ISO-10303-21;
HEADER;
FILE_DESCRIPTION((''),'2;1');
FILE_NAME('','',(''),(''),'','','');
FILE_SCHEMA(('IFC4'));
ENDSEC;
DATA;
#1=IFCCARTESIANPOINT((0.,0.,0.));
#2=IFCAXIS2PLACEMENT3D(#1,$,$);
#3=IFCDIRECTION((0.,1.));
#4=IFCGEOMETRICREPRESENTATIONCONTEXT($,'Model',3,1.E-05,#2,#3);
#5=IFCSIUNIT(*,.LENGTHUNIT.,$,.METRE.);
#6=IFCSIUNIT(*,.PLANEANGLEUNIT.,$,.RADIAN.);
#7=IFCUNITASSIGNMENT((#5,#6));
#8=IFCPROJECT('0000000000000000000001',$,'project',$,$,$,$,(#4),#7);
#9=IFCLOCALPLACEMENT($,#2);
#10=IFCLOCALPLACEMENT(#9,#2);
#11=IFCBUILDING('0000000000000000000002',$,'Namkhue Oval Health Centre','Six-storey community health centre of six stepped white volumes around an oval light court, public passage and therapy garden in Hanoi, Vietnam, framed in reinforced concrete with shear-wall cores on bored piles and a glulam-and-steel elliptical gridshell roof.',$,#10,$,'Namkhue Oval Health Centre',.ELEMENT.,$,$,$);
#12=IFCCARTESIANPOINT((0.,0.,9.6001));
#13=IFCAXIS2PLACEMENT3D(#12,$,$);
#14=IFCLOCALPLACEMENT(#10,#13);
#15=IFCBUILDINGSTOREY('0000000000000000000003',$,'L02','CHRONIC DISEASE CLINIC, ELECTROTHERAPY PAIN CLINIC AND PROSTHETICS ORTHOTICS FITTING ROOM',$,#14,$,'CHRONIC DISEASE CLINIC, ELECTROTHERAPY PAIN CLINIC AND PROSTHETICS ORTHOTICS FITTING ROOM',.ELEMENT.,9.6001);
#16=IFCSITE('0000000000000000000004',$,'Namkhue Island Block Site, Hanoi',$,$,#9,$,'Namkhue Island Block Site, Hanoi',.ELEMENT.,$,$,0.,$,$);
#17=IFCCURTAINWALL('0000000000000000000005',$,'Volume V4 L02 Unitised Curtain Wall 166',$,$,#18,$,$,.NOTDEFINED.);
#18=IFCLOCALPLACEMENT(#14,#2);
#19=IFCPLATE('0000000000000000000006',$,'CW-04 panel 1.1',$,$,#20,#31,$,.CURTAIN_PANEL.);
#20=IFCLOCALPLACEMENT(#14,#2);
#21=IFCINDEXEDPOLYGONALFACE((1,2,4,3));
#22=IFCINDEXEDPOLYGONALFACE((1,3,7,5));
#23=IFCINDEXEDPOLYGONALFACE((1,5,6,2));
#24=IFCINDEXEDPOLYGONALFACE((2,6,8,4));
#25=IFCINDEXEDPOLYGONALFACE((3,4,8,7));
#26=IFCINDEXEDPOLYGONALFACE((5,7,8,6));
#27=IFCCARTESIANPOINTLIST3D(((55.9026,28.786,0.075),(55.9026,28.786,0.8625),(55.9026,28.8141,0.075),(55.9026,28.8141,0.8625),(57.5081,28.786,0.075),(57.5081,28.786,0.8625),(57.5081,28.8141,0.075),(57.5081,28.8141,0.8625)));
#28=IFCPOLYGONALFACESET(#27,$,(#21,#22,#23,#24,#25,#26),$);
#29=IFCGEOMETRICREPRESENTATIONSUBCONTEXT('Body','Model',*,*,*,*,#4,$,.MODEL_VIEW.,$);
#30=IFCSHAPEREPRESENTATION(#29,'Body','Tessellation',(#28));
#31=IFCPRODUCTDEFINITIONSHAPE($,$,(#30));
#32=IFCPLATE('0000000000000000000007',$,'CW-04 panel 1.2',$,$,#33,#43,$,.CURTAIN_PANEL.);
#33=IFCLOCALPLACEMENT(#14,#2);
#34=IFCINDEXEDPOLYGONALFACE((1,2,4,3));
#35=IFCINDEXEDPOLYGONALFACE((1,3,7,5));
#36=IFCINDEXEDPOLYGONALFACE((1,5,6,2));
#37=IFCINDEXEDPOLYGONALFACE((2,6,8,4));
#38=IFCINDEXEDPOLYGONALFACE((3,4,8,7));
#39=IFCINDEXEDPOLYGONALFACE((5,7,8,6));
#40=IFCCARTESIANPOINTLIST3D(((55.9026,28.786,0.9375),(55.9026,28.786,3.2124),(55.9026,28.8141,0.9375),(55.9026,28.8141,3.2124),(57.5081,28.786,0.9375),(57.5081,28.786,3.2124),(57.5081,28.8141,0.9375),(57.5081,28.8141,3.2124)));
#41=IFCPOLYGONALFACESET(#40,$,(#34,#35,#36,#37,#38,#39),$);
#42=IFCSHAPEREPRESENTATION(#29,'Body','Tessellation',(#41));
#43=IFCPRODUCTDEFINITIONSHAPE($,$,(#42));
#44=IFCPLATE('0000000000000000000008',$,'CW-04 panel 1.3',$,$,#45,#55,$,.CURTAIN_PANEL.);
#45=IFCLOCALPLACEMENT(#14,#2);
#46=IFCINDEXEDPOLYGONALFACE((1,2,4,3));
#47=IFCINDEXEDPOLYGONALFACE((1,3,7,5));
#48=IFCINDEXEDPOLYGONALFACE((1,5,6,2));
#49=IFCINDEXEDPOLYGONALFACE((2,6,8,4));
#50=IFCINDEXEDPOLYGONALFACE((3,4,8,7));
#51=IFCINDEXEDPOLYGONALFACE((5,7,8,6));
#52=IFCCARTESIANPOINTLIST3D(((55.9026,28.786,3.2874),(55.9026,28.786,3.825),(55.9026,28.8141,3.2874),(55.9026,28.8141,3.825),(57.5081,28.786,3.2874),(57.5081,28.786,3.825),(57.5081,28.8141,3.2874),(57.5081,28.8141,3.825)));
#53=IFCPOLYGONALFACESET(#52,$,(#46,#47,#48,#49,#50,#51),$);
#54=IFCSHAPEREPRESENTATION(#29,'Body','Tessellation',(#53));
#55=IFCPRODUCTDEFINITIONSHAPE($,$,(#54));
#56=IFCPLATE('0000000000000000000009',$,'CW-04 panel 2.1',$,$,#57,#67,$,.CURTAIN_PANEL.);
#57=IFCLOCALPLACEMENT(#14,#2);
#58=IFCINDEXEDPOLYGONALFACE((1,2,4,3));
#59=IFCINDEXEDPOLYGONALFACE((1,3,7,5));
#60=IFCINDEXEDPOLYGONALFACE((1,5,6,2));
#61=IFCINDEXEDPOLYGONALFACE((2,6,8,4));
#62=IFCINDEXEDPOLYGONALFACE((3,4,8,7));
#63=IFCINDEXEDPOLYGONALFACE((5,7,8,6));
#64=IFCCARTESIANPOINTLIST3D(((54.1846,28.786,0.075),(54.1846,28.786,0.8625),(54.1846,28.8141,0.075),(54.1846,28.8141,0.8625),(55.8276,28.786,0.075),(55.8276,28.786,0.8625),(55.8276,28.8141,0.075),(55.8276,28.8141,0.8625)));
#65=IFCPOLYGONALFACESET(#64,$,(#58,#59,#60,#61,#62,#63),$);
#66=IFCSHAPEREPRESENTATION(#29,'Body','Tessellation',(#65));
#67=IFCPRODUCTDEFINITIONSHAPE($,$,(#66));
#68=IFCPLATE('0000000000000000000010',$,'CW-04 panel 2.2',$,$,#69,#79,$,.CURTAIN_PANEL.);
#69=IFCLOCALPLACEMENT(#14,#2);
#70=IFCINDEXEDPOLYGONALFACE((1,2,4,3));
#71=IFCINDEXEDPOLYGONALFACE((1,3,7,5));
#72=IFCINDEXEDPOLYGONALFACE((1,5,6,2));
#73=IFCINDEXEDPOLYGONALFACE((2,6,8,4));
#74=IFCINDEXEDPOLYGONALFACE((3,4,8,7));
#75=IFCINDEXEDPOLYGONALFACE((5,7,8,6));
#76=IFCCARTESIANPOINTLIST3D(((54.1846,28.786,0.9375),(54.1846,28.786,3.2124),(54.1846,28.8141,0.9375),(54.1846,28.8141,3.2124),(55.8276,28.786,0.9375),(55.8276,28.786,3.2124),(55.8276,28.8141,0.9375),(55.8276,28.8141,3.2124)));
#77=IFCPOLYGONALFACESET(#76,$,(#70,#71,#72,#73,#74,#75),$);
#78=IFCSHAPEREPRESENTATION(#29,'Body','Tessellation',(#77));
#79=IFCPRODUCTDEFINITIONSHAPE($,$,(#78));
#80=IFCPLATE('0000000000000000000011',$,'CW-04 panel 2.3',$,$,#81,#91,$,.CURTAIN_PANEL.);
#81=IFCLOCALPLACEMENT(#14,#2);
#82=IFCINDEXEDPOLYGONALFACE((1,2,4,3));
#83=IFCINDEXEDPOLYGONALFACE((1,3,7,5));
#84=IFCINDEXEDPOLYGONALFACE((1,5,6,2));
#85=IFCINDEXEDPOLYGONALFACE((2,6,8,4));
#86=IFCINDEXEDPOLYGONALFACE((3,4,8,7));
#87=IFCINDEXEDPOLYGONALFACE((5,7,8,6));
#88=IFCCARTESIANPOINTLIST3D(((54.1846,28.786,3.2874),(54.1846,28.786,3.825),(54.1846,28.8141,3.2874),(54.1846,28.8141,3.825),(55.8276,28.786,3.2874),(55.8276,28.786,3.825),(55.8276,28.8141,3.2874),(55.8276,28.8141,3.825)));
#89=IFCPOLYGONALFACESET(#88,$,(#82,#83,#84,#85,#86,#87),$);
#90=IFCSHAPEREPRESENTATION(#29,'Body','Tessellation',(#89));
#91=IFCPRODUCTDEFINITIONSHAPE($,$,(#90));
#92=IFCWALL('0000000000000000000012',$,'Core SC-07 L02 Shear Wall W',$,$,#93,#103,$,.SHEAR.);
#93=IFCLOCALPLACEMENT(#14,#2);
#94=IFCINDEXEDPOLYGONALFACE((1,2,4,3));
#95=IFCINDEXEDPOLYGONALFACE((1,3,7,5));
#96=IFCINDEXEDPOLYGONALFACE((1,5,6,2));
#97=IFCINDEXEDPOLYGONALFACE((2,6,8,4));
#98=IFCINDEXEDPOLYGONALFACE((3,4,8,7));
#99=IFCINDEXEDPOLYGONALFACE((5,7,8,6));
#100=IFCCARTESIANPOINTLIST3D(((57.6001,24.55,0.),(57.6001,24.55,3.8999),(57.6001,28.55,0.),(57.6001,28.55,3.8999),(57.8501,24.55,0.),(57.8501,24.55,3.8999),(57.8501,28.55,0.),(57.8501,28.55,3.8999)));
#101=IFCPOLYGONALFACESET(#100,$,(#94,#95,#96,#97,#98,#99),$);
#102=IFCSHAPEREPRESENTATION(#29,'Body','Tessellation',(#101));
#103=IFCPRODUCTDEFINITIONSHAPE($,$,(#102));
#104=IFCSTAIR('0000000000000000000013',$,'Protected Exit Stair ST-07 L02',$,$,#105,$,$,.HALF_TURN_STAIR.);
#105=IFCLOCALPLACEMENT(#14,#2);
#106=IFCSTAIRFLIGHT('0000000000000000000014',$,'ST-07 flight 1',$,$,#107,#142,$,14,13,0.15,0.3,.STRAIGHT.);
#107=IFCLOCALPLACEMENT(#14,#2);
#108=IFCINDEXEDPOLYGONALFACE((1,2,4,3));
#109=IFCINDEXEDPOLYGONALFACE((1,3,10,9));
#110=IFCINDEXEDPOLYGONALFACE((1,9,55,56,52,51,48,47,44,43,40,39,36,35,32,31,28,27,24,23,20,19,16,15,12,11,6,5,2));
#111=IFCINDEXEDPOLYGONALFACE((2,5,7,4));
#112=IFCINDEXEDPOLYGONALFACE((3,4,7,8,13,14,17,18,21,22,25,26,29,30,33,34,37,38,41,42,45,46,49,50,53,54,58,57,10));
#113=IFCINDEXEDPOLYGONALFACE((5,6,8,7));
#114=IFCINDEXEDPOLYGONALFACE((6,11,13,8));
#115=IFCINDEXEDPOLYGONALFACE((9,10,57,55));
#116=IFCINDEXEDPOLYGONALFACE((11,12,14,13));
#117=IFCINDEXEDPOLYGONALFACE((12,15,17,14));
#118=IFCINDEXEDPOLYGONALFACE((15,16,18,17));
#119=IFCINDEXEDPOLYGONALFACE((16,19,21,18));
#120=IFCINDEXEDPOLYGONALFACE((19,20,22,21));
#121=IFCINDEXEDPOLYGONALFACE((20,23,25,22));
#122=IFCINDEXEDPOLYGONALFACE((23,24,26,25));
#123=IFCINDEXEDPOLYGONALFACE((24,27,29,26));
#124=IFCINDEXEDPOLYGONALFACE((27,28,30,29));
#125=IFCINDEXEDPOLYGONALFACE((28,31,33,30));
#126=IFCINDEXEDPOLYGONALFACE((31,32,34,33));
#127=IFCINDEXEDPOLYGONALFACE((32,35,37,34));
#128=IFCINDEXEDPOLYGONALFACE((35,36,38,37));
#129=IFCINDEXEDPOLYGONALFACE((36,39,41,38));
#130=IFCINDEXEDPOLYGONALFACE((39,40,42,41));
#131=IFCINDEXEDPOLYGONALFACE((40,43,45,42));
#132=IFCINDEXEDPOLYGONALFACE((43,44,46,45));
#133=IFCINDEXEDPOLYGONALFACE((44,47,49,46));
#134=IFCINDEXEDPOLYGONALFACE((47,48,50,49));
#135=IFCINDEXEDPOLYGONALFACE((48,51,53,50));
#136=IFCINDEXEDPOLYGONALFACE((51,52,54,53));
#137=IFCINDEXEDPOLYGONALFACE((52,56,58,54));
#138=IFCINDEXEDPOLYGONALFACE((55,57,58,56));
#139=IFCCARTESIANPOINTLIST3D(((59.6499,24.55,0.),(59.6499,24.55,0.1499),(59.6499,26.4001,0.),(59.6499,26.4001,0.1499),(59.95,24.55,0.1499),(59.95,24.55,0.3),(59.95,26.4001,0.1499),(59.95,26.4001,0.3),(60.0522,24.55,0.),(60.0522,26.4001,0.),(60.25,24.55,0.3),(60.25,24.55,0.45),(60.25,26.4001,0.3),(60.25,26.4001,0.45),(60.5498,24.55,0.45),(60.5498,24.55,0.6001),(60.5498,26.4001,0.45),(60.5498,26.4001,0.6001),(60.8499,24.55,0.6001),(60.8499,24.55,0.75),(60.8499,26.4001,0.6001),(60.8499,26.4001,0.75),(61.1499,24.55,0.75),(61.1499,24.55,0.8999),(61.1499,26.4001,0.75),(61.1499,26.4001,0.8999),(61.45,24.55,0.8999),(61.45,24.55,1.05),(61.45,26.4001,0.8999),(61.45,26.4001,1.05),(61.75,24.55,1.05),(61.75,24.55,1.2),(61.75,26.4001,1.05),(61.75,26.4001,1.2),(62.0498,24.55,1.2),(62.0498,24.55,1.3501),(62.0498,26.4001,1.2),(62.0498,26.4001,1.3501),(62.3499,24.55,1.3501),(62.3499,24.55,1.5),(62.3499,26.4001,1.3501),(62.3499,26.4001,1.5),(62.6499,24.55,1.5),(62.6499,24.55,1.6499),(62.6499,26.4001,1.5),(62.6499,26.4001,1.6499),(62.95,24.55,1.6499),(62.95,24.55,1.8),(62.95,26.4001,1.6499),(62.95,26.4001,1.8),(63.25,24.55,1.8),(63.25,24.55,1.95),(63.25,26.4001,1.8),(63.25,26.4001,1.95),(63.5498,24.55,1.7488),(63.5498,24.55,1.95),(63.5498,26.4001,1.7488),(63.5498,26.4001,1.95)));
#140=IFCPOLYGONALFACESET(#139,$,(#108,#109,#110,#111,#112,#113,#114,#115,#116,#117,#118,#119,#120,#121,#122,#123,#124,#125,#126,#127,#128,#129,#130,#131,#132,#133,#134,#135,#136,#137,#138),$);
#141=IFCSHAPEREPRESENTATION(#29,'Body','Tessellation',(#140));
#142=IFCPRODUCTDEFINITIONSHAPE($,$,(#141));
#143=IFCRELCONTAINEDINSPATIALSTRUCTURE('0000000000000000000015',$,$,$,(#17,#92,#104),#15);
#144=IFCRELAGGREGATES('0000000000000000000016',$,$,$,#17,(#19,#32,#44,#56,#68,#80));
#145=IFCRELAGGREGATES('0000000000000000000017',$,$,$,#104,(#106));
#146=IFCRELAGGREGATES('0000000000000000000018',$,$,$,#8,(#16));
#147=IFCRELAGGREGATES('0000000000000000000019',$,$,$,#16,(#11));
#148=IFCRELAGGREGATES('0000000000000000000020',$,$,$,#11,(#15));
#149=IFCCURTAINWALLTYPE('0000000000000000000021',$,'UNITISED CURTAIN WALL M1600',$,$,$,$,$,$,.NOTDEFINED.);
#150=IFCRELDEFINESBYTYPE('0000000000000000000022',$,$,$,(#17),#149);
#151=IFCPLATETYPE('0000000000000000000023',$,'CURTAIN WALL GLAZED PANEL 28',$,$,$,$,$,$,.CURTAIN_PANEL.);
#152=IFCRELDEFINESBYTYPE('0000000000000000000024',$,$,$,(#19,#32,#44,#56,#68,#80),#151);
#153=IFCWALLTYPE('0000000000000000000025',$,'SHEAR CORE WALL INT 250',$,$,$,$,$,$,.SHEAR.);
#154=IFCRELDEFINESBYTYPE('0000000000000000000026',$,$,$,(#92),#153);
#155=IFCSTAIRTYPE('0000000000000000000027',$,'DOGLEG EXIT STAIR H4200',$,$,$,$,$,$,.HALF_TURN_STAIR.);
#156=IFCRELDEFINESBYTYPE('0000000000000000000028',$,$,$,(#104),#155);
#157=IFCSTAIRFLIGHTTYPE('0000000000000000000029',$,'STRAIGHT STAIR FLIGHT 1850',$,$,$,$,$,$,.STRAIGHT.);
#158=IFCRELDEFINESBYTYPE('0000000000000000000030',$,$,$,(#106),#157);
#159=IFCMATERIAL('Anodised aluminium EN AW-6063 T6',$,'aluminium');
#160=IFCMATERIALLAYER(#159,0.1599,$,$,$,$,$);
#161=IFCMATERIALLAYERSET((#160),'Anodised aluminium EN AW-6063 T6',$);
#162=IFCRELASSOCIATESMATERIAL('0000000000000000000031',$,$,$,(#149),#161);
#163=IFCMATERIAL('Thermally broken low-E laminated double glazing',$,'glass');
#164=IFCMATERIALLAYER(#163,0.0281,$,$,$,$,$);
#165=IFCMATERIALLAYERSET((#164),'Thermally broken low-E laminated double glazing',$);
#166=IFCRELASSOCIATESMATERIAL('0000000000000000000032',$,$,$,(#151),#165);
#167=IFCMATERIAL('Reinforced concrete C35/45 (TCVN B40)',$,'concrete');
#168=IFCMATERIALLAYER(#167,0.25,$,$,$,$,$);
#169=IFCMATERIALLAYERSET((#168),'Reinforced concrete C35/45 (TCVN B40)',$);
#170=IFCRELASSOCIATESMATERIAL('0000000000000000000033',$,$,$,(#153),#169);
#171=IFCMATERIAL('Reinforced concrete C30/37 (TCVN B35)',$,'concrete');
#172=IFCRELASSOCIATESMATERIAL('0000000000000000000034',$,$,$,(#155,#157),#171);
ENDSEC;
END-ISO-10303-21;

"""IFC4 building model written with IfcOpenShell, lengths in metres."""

from ifc_helpers import new_model, si_unit, direction, frame, frame_2d, origin, origin_2d, place, context, subcontext, project, spatial, polyline, rectangle, outline, extrude, material, layer, layer_set, type_object, element, aggregate, save


model = new_model("IFC4")

# Units and contexts
model_context = context("Model", 3, precision=1e-05, world=origin(), true_north=direction((0.0, 1.0)))
body_context = subcontext(model_context, "Body", "Model", "MODEL_VIEW")
ifc_project = project(units=[si_unit("LENGTHUNIT", "METRE"), si_unit("PLANEANGLEUNIT", "RADIAN")], contexts=[model_context])

# Site, building, storey
site_placement = place(None, origin())
site = spatial("IfcSite", under=ifc_project, at=site_placement, Name="Namkhue Island Block Site, Hanoi", LongName="Namkhue Island Block Site, Hanoi", CompositionType="ELEMENT", RefElevation=0.0)
building_placement = place(site_placement, origin())
building = spatial("IfcBuilding", under=site, at=building_placement, Name="Namkhue Oval Health Centre", Description="Six-storey community health centre of six stepped white volumes around an oval light court, public passage and therapy garden in Hanoi, Vietnam, framed in reinforced concrete with shear-wall cores on bored piles and a glulam-and-steel elliptical gridshell roof.", LongName="Namkhue Oval Health Centre", CompositionType="ELEMENT")
storey_placement = place(building_placement, frame((0.0, 0.0, 9.6001)))
storey = spatial("IfcBuildingStorey", under=building, at=storey_placement, Name="L02", Description="CHRONIC DISEASE CLINIC, ELECTROTHERAPY PAIN CLINIC AND PROSTHETICS ORTHOTICS FITTING ROOM", LongName="CHRONIC DISEASE CLINIC, ELECTROTHERAPY PAIN CLINIC AND PROSTHETICS ORTHOTICS FITTING ROOM", CompositionType="ELEMENT", Elevation=9.6001)

# Shared definitions
ifc_material_1 = material(Name="Reinforced concrete C35/45 (TCVN B40)", Category="concrete")

# Curtain wall
ifc_material_2 = material(Name="Anodised aluminium EN AW-6063 T6", Category="aluminium")
ifc_layer_1 = layer(ifc_material_2, 0.1599)
ifc_layer_set_1 = layer_set([ifc_layer_1], Name="Anodised aluminium EN AW-6063 T6")
curtain_wall_type = type_object("IfcCurtainWallType", Name="UNITISED CURTAIN WALL M1600", PredefinedType="NOTDEFINED", material=ifc_layer_set_1)
curtain_wall_placement = place(storey_placement, origin())
curtain_wall = element("IfcCurtainWall", 1, at=curtain_wall_placement, inside=storey, type_object=curtain_wall_type, Name="Volume V4 L02 Unitised Curtain Wall 166", PredefinedType="NOTDEFINED")

# Plates
ifc_material_3 = material(Name="Thermally broken low-E laminated double glazing", Category="glass")
ifc_layer_2 = layer(ifc_material_3, 0.0281)
ifc_layer_set_2 = layer_set([ifc_layer_2], Name="Thermally broken low-E laminated double glazing")
plate_type = type_object("IfcPlateType", Name="CURTAIN WALL GLAZED PANEL 28", PredefinedType="CURTAIN_PANEL", material=ifc_layer_set_2)
plate_1_placement = place(storey_placement, frame((56.7053, 28.8, 0.075), z_axis=(0.0, 0.0, 1.0), x_axis=(-1.0, 0.0, 0.0)))
plate_1 = element("IfcPlate", 2, at=plate_1_placement, type_object=plate_type, Name="CW-04 panel 1.1", PredefinedType="CURTAIN_PANEL", context=body_context, shape_type="SweptSolid", body=[
    extrude(rectangle(XDim=1.6055, YDim=0.0281, at=origin_2d()), origin(), (0.0, 0.0, 1.0), 0.7876),
])
plate_2_placement = place(storey_placement, frame((56.7053, 28.8, 0.9375), z_axis=(0.0, 0.0, 1.0), x_axis=(-1.0, 0.0, 0.0)))
plate_2 = element("IfcPlate", 3, at=plate_2_placement, type_object=plate_type, Name="CW-04 panel 1.2", PredefinedType="CURTAIN_PANEL", context=body_context, shape_type="SweptSolid", body=[
    extrude(rectangle(XDim=1.6055, YDim=0.0281, at=origin_2d()), origin(), (0.0, 0.0, 1.0), 2.2749),
])
plate_3_placement = place(storey_placement, frame((56.7053, 28.8, 3.2874), z_axis=(0.0, 0.0, 1.0), x_axis=(-1.0, 0.0, 0.0)))
plate_3 = element("IfcPlate", 4, at=plate_3_placement, type_object=plate_type, Name="CW-04 panel 1.3", PredefinedType="CURTAIN_PANEL", context=body_context, shape_type="SweptSolid", body=[
    extrude(rectangle(XDim=1.6055, YDim=0.0281, at=origin_2d()), origin(), (0.0, 0.0, 1.0), 0.5376),
])
plate_4_placement = place(storey_placement, frame((55.0061, 28.8, 0.075), z_axis=(0.0, 0.0, 1.0), x_axis=(-1.0, 0.0, 0.0)))
plate_4 = element("IfcPlate", 5, at=plate_4_placement, type_object=plate_type, Name="CW-04 panel 2.1", PredefinedType="CURTAIN_PANEL", context=body_context, shape_type="SweptSolid", body=[
    extrude(rectangle(XDim=1.6431, YDim=0.0281, at=origin_2d()), origin(), (0.0, 0.0, 1.0), 0.7876),
])
plate_5_placement = place(storey_placement, frame((55.0061, 28.8, 0.9375), z_axis=(0.0, 0.0, 1.0), x_axis=(-1.0, 0.0, 0.0)))
plate_5 = element("IfcPlate", 6, at=plate_5_placement, type_object=plate_type, Name="CW-04 panel 2.2", PredefinedType="CURTAIN_PANEL", context=body_context, shape_type="SweptSolid", body=[
    extrude(rectangle(XDim=1.6431, YDim=0.0281, at=origin_2d()), origin(), (0.0, 0.0, 1.0), 2.2749),
])
plate_6_placement = place(storey_placement, frame((55.0061, 28.8, 3.2874), z_axis=(0.0, 0.0, 1.0), x_axis=(-1.0, 0.0, 0.0)))
plate_6 = element("IfcPlate", 7, at=plate_6_placement, type_object=plate_type, Name="CW-04 panel 2.3", PredefinedType="CURTAIN_PANEL", context=body_context, shape_type="SweptSolid", body=[
    extrude(rectangle(XDim=1.6431, YDim=0.0281, at=origin_2d()), origin(), (0.0, 0.0, 1.0), 0.5376),
])
aggregate(curtain_wall, [plate_1, plate_2, plate_3, plate_4, plate_5, plate_6])

# Shared definitions
ifc_layer_3 = layer(ifc_material_1, 0.25)
ifc_layer_set_3 = layer_set([ifc_layer_3], Name="Reinforced concrete C35/45 (TCVN B40)")
wall_type = type_object("IfcWallType", Name="SHEAR CORE WALL INT 250", PredefinedType="SHEAR", material=ifc_layer_set_3)

# Wall
wall_1_placement = place(storey_placement, frame((57.7251, 28.55, 0.0), z_axis=(0.0, 0.0, 1.0), x_axis=(0.0, -1.0, 0.0)))
element("IfcWall", 8, at=wall_1_placement, inside=storey, type_object=wall_type, Name="Core SC-07 L02 Shear Wall W", PredefinedType="SHEAR", context=body_context, shape_type="SweptSolid", body=[
    extrude(rectangle(XDim=4.0, YDim=0.25, at=frame_2d((2.0, 0.0))), origin(), (0.0, 0.0, 1.0), 3.8999),
])

# Stair, stair flight
ifc_material_4 = material(Name="Reinforced concrete C30/37 (TCVN B35)", Category="concrete")
stair_type = type_object("IfcStairType", Name="DOGLEG EXIT STAIR H4200", PredefinedType="HALF_TURN_STAIR", material=ifc_material_4)
stair_placement = place(storey_placement, origin())
stair = element("IfcStair", 9, at=stair_placement, inside=storey, type_object=stair_type, Name="Protected Exit Stair ST-07 L02", PredefinedType="HALF_TURN_STAIR")
stair_flight_type = type_object("IfcStairFlightType", Name="STRAIGHT STAIR FLIGHT 1850", PredefinedType="STRAIGHT", material=ifc_material_4)
stair_flight_placement = place(storey_placement, frame((59.6499, 25.4751, 0.0), z_axis=(0.0, 0.0, 1.0), x_axis=(1.0, 0.0, 0.0)))
stair_flight = element("IfcStairFlight", 10, at=stair_flight_placement, type_object=stair_flight_type, Name="ST-07 flight 1", NumberOfRisers=14, NumberOfTreads=13, PredefinedType="STRAIGHT", RiserHeight=0.15, TreadLength=0.3, context=body_context, shape_type="SweptSolid", body=[
    extrude(outline(polyline([(0.0, 0.0), (0.0, 0.1499), (0.3, 0.1499), (0.3, 0.3), (0.6001, 0.3), (0.6001, 0.45), (0.8999, 0.45), (0.8999, 0.6001), (1.2, 0.6001), (1.2, 0.75), (1.5, 0.75), (1.5, 0.8999), (1.8, 0.8999), (1.8, 1.05), (2.1001, 1.05), (2.1001, 1.2), (2.3999, 1.2), (2.3999, 1.3501), (2.7, 1.3501), (2.7, 1.5), (3.0, 1.5), (3.0, 1.6499), (3.3, 1.6499), (3.3, 1.8), (3.6001, 1.8), (3.6001, 1.95), (3.8999, 1.95), (3.8999, 2.1001), (3.8999, 1.7488), (0.4023, 0.0), (0.0, 0.0)])), frame((0.0, 0.925, 0.0), z_axis=(0.0, -1.0, 0.0), x_axis=(1.0, 0.0, 0.0)), (0.0, 0.0, 1.0), 1.8501),
])
aggregate(stair, [stair_flight])

save(model, "model.ifc")
